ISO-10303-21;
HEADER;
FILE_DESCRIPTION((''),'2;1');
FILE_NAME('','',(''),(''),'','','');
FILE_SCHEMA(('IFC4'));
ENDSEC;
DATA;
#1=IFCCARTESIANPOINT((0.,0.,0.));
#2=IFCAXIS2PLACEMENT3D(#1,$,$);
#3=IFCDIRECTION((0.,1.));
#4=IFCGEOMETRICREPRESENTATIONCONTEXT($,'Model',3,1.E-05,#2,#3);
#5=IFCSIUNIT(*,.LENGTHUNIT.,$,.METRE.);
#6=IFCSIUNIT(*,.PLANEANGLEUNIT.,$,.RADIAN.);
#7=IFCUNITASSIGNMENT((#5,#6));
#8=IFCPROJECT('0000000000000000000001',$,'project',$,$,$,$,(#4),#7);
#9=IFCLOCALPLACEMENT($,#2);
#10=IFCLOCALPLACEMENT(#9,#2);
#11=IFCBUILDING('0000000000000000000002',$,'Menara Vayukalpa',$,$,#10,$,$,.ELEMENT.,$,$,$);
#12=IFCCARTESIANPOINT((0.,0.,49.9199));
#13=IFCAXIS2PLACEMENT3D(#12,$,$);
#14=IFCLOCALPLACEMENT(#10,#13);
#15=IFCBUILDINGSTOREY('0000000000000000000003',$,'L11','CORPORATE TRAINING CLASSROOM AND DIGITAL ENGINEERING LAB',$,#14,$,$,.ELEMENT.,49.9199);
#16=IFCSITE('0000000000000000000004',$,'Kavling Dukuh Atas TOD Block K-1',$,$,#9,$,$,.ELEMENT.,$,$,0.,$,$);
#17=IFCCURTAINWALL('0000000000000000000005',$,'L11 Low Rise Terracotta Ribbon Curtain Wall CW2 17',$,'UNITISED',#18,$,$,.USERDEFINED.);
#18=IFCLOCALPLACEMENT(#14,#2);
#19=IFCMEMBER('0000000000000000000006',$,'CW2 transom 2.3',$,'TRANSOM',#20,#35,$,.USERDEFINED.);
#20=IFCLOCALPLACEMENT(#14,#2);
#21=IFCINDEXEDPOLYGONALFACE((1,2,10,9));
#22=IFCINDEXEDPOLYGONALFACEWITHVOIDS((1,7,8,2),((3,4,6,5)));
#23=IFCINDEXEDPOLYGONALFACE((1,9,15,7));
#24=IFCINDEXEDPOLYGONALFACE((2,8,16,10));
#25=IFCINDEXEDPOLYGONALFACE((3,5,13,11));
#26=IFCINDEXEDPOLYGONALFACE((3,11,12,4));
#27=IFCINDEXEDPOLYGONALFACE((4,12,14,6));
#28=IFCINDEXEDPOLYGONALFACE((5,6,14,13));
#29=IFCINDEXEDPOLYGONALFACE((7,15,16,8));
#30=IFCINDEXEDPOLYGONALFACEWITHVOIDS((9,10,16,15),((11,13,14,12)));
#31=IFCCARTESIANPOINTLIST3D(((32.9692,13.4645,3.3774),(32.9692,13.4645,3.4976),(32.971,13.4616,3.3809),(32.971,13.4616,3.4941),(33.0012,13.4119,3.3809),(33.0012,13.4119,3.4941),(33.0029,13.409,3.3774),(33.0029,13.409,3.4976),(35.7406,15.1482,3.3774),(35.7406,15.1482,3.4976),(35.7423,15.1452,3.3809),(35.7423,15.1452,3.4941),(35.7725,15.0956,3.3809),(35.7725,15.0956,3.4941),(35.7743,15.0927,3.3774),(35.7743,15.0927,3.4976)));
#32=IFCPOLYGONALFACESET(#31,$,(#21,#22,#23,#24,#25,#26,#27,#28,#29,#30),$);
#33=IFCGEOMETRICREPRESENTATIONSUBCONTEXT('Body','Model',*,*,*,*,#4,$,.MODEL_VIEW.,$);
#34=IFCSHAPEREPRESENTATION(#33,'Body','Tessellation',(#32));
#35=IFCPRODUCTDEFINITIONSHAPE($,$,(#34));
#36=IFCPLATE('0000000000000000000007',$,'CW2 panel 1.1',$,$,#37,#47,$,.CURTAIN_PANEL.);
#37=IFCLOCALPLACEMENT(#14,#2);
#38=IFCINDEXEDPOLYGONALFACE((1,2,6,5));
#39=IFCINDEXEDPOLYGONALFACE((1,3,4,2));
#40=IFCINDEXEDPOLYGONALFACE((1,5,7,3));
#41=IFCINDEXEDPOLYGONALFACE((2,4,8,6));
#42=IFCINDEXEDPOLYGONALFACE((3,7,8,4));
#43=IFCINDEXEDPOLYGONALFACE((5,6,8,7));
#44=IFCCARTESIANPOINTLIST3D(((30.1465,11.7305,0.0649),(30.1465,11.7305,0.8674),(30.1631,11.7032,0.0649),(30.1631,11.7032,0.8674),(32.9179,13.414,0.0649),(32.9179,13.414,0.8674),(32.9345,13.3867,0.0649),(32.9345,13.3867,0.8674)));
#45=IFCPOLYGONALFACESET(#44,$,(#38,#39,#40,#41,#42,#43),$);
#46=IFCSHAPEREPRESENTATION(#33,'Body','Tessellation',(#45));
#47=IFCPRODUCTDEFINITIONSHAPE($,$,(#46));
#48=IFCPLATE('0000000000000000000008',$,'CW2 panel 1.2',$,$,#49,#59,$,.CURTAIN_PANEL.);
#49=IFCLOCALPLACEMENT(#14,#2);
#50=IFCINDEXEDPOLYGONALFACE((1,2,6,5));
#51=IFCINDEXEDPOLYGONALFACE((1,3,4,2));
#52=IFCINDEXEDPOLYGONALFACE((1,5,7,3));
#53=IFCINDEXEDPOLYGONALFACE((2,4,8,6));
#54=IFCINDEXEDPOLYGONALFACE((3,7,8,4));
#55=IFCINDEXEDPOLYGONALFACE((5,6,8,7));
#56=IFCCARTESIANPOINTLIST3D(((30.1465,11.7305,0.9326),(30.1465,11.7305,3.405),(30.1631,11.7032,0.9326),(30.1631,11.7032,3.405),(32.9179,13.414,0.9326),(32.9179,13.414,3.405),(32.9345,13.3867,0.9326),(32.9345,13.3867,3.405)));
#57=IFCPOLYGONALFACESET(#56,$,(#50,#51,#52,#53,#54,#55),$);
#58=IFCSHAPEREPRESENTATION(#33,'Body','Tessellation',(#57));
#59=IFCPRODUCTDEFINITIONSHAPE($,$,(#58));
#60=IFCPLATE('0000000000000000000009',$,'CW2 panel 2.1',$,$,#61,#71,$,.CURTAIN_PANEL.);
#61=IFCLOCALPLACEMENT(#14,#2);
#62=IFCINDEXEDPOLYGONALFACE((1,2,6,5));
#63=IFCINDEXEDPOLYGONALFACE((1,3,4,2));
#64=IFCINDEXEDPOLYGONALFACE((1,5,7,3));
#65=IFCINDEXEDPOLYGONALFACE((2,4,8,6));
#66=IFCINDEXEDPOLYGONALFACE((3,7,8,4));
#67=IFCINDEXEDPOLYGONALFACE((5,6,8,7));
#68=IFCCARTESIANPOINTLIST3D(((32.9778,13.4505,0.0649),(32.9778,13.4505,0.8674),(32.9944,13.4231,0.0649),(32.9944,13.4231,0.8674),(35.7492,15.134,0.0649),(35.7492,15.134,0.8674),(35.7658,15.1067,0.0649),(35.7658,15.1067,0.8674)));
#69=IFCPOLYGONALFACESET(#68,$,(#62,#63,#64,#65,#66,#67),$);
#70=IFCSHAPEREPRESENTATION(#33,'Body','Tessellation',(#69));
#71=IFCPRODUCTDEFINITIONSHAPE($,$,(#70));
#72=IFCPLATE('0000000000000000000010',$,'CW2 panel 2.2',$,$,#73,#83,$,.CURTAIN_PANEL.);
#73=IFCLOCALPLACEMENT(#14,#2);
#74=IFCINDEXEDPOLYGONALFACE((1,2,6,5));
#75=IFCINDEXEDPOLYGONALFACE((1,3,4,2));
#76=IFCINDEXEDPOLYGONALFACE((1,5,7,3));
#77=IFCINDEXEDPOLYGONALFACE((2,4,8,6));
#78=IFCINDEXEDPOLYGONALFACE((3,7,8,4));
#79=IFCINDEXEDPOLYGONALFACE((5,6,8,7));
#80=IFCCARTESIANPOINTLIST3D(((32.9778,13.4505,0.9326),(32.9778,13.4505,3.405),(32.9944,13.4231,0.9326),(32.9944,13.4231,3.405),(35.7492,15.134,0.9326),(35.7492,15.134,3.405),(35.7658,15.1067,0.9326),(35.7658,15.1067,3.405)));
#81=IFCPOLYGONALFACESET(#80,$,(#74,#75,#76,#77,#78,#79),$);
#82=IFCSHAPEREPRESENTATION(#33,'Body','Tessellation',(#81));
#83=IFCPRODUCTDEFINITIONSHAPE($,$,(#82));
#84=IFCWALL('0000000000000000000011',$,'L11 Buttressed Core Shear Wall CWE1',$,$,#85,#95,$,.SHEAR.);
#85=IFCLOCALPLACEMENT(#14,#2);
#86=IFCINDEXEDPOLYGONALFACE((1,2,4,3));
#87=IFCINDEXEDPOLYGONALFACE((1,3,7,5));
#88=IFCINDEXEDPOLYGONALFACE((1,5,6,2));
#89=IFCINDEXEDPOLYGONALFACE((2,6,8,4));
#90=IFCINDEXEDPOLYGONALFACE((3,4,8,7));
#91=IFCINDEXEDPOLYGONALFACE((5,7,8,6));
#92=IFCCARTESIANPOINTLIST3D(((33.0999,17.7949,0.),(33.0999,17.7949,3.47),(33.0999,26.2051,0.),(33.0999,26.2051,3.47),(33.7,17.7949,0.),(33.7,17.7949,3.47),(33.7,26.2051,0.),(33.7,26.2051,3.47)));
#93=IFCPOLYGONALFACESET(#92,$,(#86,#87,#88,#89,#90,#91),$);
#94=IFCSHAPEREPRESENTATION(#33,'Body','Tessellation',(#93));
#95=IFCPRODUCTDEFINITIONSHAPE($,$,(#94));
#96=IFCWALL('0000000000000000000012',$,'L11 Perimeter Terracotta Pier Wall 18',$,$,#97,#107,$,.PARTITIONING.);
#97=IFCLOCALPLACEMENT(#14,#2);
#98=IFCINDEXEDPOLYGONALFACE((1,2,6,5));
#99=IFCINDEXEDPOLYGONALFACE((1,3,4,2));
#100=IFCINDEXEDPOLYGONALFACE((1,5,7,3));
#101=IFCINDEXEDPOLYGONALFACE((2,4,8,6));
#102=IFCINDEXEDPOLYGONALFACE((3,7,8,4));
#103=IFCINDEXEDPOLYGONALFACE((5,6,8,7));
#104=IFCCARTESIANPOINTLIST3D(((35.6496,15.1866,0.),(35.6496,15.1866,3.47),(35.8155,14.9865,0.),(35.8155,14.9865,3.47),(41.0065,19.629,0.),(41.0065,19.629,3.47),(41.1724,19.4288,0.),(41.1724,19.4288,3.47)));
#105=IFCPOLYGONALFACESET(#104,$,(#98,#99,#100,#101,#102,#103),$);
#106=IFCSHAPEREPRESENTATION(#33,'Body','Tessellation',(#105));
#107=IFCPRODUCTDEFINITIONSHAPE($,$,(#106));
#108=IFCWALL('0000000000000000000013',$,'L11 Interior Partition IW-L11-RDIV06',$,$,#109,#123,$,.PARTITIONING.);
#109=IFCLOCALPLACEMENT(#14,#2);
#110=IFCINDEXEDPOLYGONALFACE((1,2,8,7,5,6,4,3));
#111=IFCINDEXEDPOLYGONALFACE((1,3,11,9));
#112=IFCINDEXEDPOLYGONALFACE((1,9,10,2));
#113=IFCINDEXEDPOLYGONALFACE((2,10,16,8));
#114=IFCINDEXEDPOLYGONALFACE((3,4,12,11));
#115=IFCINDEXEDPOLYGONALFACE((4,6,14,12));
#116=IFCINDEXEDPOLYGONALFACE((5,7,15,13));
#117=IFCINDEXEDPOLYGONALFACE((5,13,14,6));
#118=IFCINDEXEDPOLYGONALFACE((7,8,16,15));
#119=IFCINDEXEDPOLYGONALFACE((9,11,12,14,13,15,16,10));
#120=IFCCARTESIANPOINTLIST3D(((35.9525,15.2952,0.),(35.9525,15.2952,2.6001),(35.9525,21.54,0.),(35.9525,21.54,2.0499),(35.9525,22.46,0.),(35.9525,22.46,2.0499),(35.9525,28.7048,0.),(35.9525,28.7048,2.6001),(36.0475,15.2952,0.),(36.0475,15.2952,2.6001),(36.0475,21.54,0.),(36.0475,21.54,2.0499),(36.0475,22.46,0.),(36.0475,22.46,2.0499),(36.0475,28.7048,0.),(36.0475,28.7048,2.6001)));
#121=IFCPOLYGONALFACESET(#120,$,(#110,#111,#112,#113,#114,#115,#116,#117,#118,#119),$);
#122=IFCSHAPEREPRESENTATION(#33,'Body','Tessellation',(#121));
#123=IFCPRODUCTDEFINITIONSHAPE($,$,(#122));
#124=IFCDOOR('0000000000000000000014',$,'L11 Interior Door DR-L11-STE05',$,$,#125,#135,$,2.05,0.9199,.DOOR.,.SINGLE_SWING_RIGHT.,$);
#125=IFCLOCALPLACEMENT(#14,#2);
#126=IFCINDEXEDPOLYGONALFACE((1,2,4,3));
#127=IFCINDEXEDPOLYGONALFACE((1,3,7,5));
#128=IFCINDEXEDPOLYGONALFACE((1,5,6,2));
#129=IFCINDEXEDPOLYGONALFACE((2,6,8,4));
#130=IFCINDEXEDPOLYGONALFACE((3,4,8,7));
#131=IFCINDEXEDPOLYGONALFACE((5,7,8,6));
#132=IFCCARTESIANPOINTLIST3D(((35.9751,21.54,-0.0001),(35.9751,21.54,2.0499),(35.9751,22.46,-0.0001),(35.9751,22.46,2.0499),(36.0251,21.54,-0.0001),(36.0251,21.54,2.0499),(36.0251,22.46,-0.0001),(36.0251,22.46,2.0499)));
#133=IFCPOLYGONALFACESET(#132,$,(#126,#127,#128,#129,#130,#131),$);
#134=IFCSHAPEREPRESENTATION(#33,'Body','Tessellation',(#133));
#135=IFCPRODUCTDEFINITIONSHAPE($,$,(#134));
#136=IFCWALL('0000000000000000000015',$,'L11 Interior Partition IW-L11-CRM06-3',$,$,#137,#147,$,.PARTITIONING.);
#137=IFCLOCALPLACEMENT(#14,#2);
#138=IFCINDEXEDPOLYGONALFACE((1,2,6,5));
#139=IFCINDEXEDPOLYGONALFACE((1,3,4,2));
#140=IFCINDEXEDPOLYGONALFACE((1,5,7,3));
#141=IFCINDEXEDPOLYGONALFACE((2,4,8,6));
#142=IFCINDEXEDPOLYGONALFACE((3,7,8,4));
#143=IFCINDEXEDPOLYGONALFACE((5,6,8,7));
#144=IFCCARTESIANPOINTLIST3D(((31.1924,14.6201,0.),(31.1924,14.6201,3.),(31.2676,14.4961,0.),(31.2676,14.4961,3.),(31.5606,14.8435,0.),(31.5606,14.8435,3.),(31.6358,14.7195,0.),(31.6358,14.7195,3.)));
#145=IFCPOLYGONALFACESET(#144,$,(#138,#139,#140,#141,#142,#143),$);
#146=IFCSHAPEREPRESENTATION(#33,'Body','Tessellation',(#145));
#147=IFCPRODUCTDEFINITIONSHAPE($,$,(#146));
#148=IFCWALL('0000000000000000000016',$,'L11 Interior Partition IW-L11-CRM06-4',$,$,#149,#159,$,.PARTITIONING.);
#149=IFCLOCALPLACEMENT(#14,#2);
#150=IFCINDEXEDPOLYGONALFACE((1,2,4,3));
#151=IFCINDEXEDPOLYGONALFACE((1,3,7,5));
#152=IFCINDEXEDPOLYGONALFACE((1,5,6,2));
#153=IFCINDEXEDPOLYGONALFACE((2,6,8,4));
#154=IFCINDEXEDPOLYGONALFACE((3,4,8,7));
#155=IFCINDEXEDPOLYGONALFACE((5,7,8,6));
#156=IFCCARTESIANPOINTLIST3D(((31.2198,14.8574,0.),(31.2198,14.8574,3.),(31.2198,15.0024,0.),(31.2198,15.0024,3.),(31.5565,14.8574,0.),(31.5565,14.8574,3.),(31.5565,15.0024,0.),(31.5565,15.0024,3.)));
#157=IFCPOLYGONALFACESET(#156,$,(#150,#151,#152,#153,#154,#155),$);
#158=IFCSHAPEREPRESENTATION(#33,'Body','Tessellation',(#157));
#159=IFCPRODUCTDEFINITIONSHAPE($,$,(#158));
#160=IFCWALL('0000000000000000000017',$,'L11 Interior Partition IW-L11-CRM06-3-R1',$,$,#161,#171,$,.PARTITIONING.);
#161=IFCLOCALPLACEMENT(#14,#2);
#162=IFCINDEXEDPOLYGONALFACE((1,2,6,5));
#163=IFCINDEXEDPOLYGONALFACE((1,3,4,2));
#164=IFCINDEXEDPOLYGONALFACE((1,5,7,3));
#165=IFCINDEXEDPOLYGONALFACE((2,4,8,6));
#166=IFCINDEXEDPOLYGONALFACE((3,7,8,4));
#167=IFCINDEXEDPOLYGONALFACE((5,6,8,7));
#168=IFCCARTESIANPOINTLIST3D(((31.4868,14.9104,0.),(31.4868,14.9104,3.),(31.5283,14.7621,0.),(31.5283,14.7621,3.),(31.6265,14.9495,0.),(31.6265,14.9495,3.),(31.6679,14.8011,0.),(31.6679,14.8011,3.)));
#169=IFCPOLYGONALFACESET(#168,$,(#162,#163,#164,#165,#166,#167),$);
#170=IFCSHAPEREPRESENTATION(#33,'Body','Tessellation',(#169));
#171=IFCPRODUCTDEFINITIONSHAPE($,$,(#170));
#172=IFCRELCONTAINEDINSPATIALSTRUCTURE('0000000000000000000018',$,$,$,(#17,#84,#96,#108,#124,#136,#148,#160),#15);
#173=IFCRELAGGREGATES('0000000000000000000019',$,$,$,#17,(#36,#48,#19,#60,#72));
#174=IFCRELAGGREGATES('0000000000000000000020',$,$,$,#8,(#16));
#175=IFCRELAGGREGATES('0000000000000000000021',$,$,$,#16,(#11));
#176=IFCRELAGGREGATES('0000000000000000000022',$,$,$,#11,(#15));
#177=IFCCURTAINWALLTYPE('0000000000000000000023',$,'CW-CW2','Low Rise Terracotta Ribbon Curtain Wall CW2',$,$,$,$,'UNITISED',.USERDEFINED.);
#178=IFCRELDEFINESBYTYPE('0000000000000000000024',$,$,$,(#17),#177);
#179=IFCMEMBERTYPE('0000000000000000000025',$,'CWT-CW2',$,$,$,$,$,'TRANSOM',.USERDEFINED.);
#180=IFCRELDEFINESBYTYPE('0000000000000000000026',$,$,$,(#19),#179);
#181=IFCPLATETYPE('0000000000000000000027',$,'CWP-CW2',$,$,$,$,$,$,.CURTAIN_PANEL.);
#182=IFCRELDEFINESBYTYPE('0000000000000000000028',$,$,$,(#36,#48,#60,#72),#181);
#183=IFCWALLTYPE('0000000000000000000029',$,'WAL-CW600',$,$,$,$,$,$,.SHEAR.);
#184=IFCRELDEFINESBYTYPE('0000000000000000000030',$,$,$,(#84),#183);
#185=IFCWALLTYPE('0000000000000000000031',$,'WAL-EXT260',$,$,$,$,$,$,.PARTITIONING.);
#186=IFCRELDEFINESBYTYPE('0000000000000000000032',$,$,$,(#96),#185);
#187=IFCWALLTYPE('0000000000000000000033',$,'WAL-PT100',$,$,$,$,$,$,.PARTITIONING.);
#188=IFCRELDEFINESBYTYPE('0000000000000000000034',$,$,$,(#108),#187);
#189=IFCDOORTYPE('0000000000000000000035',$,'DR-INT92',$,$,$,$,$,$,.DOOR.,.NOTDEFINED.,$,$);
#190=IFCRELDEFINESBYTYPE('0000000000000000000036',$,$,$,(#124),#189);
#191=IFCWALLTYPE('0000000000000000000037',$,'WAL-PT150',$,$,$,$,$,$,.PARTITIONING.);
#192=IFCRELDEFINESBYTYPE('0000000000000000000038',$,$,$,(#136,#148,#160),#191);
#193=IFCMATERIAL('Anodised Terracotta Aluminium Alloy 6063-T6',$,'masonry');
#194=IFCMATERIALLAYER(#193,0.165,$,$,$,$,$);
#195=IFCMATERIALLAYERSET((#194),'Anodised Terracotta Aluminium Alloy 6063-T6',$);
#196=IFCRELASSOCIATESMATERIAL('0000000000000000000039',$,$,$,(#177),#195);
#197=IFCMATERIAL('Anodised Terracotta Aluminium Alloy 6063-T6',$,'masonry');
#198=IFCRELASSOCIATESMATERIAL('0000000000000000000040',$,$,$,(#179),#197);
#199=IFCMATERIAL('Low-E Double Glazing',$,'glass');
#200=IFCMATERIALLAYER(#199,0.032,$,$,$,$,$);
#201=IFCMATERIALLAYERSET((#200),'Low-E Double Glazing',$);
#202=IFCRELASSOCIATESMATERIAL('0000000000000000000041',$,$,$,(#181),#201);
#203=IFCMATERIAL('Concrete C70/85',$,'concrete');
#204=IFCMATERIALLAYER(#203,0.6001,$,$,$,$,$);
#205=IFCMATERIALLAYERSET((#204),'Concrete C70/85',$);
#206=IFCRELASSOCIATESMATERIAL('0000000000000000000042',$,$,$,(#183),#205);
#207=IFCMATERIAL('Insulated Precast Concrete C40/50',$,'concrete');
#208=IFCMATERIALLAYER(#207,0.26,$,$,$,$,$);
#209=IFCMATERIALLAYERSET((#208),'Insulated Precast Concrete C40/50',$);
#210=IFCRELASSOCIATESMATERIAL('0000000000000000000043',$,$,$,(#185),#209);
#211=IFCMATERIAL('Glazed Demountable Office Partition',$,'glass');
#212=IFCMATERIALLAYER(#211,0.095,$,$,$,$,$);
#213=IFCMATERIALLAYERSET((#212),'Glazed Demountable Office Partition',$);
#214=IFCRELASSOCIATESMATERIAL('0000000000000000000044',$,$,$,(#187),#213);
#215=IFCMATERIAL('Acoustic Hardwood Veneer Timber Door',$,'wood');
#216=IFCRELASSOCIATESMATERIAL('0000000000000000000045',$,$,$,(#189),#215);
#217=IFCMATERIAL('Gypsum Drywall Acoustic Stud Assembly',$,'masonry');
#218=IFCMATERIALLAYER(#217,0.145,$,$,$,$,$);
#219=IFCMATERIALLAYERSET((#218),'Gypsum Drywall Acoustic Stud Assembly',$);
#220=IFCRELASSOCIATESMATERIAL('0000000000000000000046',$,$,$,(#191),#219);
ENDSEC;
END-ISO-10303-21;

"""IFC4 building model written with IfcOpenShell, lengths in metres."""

from ifc_helpers import new_model, si_unit, direction, frame, frame_2d, origin, origin_2d, place, context, subcontext, project, spatial, rectangle, hollow_rectangle, extrude, material, layer, layer_set, material_profile, profile_set, type_object, element, fill, aggregate, save


model = new_model("IFC4")

# Units and contexts
model_context = context("Model", 3, precision=1e-05, world=origin(), true_north=direction((0.0, 1.0)))
body_context = subcontext(model_context, "Body", "Model", "MODEL_VIEW")
ifc_project = project(units=[si_unit("LENGTHUNIT", "METRE"), si_unit("PLANEANGLEUNIT", "RADIAN")], contexts=[model_context])

# Site, building, storey
site_placement = place(None, origin())
site = spatial("IfcSite", under=ifc_project, at=site_placement, Name="Kavling Dukuh Atas TOD Block K-1", CompositionType="ELEMENT", RefElevation=0.0)
building_placement = place(site_placement, origin())
building = spatial("IfcBuilding", under=site, at=building_placement, Name="Menara Vayukalpa", CompositionType="ELEMENT")
storey_placement = place(building_placement, frame((0.0, 0.0, 49.9199)))
storey = spatial("IfcBuildingStorey", under=building, at=storey_placement, Name="L11", Description="CORPORATE TRAINING CLASSROOM AND DIGITAL ENGINEERING LAB", CompositionType="ELEMENT", Elevation=49.9199)

# Curtain wall, member, plates
ifc_material_1 = material(Name="Anodised Terracotta Aluminium Alloy 6063-T6", Category="masonry")
ifc_layer_1 = layer(ifc_material_1, 0.165)
ifc_layer_set_1 = layer_set([ifc_layer_1], Name="Anodised Terracotta Aluminium Alloy 6063-T6")
curtain_wall_type = type_object("IfcCurtainWallType", Name="CW-CW2", Description="Low Rise Terracotta Ribbon Curtain Wall CW2", ElementType="UNITISED", PredefinedType="USERDEFINED", material=ifc_layer_set_1)
curtain_wall_placement = place(storey_placement, origin())
curtain_wall = element("IfcCurtainWall", 1, at=curtain_wall_placement, inside=storey, type_object=curtain_wall_type, Name="L11 Low Rise Terracotta Ribbon Curtain Wall CW2 17", ObjectType="UNITISED", PredefinedType="USERDEFINED")
ifc_material_2 = material(Name="Anodised Terracotta Aluminium Alloy 6063-T6", Category="masonry")
ifc_material_profile_1 = material_profile(ifc_material_2, hollow_rectangle(XDim=0.0649, YDim=0.1201, WallThickness=0.0034, at=origin_2d()), Name="ALU 65x120x3.5")
ifc_profile_set_1 = profile_set([ifc_material_profile_1], Name="Anodised Terracotta Aluminium Alloy 6063-T6")
member_type_1 = type_object("IfcMemberType", Name="CWT-CW2", ElementType="TRANSOM", PredefinedType="USERDEFINED", material=ifc_profile_set_1)
member_1_placement = place(storey_placement, frame((32.9861, 13.4368, 3.4375), z_axis=(0.854643, 0.519216, 0.0), x_axis=(-0.519216, 0.854643, 0.0)))
member_1 = element("IfcMember", 2, at=member_1_placement, type_object=member_type_1, Name="CW2 transom 2.3", ObjectType="TRANSOM", PredefinedType="USERDEFINED", context=body_context, shape_type="SweptSolid", body=[
    extrude(hollow_rectangle(XDim=0.0649, YDim=0.1201, WallThickness=0.0034, at=origin_2d()), origin(), (0.0, 0.0, 1.0), 3.2427),
])
ifc_material_3 = material(Name="Low-E Double Glazing", Category="glass")
ifc_layer_2 = layer(ifc_material_3, 0.032)
ifc_layer_set_2 = layer_set([ifc_layer_2], Name="Low-E Double Glazing")
plate_type = type_object("IfcPlateType", Name="CWP-CW2", PredefinedType="CURTAIN_PANEL", material=ifc_layer_set_2)
plate_1_placement = place(storey_placement, frame((31.5405, 12.5586, 0.0649), z_axis=(0.0, 0.0, 1.0), x_axis=(0.854664, 0.519182, 0.0)))
plate_1 = element("IfcPlate", 3, at=plate_1_placement, type_object=plate_type, Name="CW2 panel 1.1", PredefinedType="CURTAIN_PANEL", context=body_context, shape_type="SweptSolid", body=[
    extrude(rectangle(XDim=3.2427, YDim=0.032, at=origin_2d()), origin(), (0.0, 0.0, 1.0), 0.8025),
])
plate_2_placement = place(storey_placement, frame((31.5405, 12.5586, 0.9326), z_axis=(0.0, 0.0, 1.0), x_axis=(0.854664, 0.519182, 0.0)))
plate_2 = element("IfcPlate", 4, at=plate_2_placement, type_object=plate_type, Name="CW2 panel 1.2", PredefinedType="CURTAIN_PANEL", context=body_context, shape_type="SweptSolid", body=[
    extrude(rectangle(XDim=3.2427, YDim=0.032, at=origin_2d()), origin(), (0.0, 0.0, 1.0), 2.4724),
])
plate_3_placement = place(storey_placement, frame((34.3718, 14.2786, 0.0649), z_axis=(0.0, 0.0, 1.0), x_axis=(0.854664, 0.519182, 0.0)))
plate_3 = element("IfcPlate", 5, at=plate_3_placement, type_object=plate_type, Name="CW2 panel 2.1", PredefinedType="CURTAIN_PANEL", context=body_context, shape_type="SweptSolid", body=[
    extrude(rectangle(XDim=3.2427, YDim=0.032, at=origin_2d()), origin(), (0.0, 0.0, 1.0), 0.8025),
])
plate_4_placement = place(storey_placement, frame((34.3718, 14.2786, 0.9326), z_axis=(0.0, 0.0, 1.0), x_axis=(0.854664, 0.519182, 0.0)))
plate_4 = element("IfcPlate", 6, at=plate_4_placement, type_object=plate_type, Name="CW2 panel 2.2", PredefinedType="CURTAIN_PANEL", context=body_context, shape_type="SweptSolid", body=[
    extrude(rectangle(XDim=3.2427, YDim=0.032, at=origin_2d()), origin(), (0.0, 0.0, 1.0), 2.4724),
])
aggregate(curtain_wall, [plate_1, plate_2, member_1, plate_3, plate_4])

# Walls
ifc_material_4 = material(Name="Concrete C70/85", Category="concrete")
ifc_layer_3 = layer(ifc_material_4, 0.6001)
ifc_layer_set_3 = layer_set([ifc_layer_3], Name="Concrete C70/85")
wall_type_1 = type_object("IfcWallType", Name="WAL-CW600", PredefinedType="SHEAR", material=ifc_layer_set_3)
wall_1_placement = place(storey_placement, frame((33.3999, 17.7949, 0.0), z_axis=(0.0, 0.0, 1.0), x_axis=(0.0, 1.0, 0.0)))
element("IfcWall", 7, at=wall_1_placement, inside=storey, type_object=wall_type_1, Name="L11 Buttressed Core Shear Wall CWE1", PredefinedType="SHEAR", context=body_context, shape_type="SweptSolid", body=[
    extrude(rectangle(XDim=8.4102, YDim=0.6001, at=frame_2d((4.2051, 0.0))), origin(), (0.0, 0.0, 1.0), 3.47),
])
ifc_material_5 = material(Name="Insulated Precast Concrete C40/50", Category="concrete")
ifc_layer_4 = layer(ifc_material_5, 0.26)
ifc_layer_set_4 = layer_set([ifc_layer_4], Name="Insulated Precast Concrete C40/50")
wall_type_2 = type_object("IfcWallType", Name="WAL-EXT260", PredefinedType="PARTITIONING", material=ifc_layer_set_4)
wall_2_placement = place(storey_placement, frame((41.0894, 19.5288, 0.0), z_axis=(0.0, 0.0, 1.0), x_axis=(-0.769755, -0.63834, 0.0)))
element("IfcWall", 8, at=wall_2_placement, inside=storey, type_object=wall_type_2, Name="L11 Perimeter Terracotta Pier Wall 18", PredefinedType="PARTITIONING", context=body_context, shape_type="SweptSolid", body=[
    extrude(rectangle(XDim=6.9592, YDim=0.26, at=frame_2d((3.4795, 0.0))), origin(), (0.0, 0.0, 1.0), 3.47),
])

# Wall, opening, door
ifc_material_6 = material(Name="Glazed Demountable Office Partition", Category="glass")
ifc_layer_5 = layer(ifc_material_6, 0.095)
ifc_layer_set_5 = layer_set([ifc_layer_5], Name="Glazed Demountable Office Partition")
wall_type_3 = type_object("IfcWallType", Name="WAL-PT100", PredefinedType="PARTITIONING", material=ifc_layer_set_5)
wall_3_placement = place(storey_placement, frame((36.0, 15.2952, 0.0), z_axis=(0.0, 0.0, 1.0), x_axis=(0.0, 1.0, 0.0)))
wall_3 = element("IfcWall", 9, at=wall_3_placement, inside=storey, type_object=wall_type_3, Name="L11 Interior Partition IW-L11-RDIV06", PredefinedType="PARTITIONING", context=body_context, shape_type="SweptSolid", body=[
    extrude(rectangle(XDim=13.4097, YDim=0.095, at=frame_2d((6.7048, 0.0))), origin(), (0.0, 0.0, 1.0), 2.6001),
])
opening_placement = place(wall_3_placement, frame((6.2449, 0.0, 0.0)))
opening = element("IfcOpeningElement", 10, at=opening_placement, cuts=wall_3, PredefinedType="OPENING", context=body_context, shape_type="SweptSolid", body=[
    extrude(rectangle(XDim=0.9199, YDim=2.05, at=frame_2d((0.46, 1.0249))), frame((0.0, 0.0574, 0.0), z_axis=(0.0, -1.0, 0.0), x_axis=(1.0, 0.0, 0.0)), (0.0, 0.0, 1.0), 0.115),
])
ifc_material_7 = material(Name="Acoustic Hardwood Veneer Timber Door", Category="wood")
door_type = type_object("IfcDoorType", Name="DR-INT92", OperationType="NOTDEFINED", PredefinedType="DOOR", material=ifc_material_7)
door_placement = place(opening_placement, origin())
door = element("IfcDoor", 11, at=door_placement, inside=storey, type_object=door_type, Name="L11 Interior Door DR-L11-STE05", OperationType="SINGLE_SWING_RIGHT", OverallHeight=2.05, OverallWidth=0.9199, PredefinedType="DOOR", context=body_context, shape_type="SweptSolid", body=[
    extrude(rectangle(XDim=0.9199, YDim=2.05, at=frame_2d((0.46, 1.0249))), frame((0.0, 0.0249, 0.0), z_axis=(0.0, -1.0, 0.0), x_axis=(1.0, 0.0, 0.0)), (0.0, 0.0, 1.0), 0.05),
])
fill(opening, door)

# Walls
ifc_material_8 = material(Name="Gypsum Drywall Acoustic Stud Assembly", Category="masonry")
ifc_layer_6 = layer(ifc_material_8, 0.145)
ifc_layer_set_6 = layer_set([ifc_layer_6], Name="Gypsum Drywall Acoustic Stud Assembly")
wall_type_4 = type_object("IfcWallType", Name="WAL-PT150", PredefinedType="PARTITIONING", material=ifc_layer_set_6)
wall_4_placement = place(storey_placement, frame((31.23, 14.5581, 0.0), z_axis=(0.0, 0.0, 1.0), x_axis=(0.854931, 0.518741, 0.0)))
element("IfcWall", 12, at=wall_4_placement, inside=storey, type_object=wall_type_4, Name="L11 Interior Partition IW-L11-CRM06-3", PredefinedType="PARTITIONING", context=body_context, shape_type="SweptSolid", body=[
    extrude(rectangle(XDim=0.4307, YDim=0.145, at=frame_2d((0.2153, 0.0))), origin(), (0.0, 0.0, 1.0), 3.0),
])
wall_5_placement = place(storey_placement, frame((31.5566, 14.9299, 0.0), z_axis=(0.0, 0.0, 1.0), x_axis=(-1.0, 0.0, 0.0)))
element("IfcWall", 13, at=wall_5_placement, inside=storey, type_object=wall_type_4, Name="L11 Interior Partition IW-L11-CRM06-4", PredefinedType="PARTITIONING", context=body_context, shape_type="SweptSolid", body=[
    extrude(rectangle(XDim=0.3367, YDim=0.145, at=frame_2d((0.1685, 0.0))), origin(), (0.0, 0.0, 1.0), 3.0),
])
wall_6_placement = place(storey_placement, frame((31.5981, 14.7815, 0.0), z_axis=(0.0, 0.0, 1.0), x_axis=(-0.269277, 0.963063, 0.0)))
element("IfcWall", 14, at=wall_6_placement, inside=storey, type_object=wall_type_4, Name="L11 Interior Partition IW-L11-CRM06-3-R1", PredefinedType="PARTITIONING", context=body_context, shape_type="SweptSolid", body=[
    extrude(rectangle(XDim=0.1541, YDim=0.145, at=frame_2d((0.0771, 0.0))), origin(), (0.0, 0.0, 1.0), 3.0),
])

save(model, "model.ifc")
